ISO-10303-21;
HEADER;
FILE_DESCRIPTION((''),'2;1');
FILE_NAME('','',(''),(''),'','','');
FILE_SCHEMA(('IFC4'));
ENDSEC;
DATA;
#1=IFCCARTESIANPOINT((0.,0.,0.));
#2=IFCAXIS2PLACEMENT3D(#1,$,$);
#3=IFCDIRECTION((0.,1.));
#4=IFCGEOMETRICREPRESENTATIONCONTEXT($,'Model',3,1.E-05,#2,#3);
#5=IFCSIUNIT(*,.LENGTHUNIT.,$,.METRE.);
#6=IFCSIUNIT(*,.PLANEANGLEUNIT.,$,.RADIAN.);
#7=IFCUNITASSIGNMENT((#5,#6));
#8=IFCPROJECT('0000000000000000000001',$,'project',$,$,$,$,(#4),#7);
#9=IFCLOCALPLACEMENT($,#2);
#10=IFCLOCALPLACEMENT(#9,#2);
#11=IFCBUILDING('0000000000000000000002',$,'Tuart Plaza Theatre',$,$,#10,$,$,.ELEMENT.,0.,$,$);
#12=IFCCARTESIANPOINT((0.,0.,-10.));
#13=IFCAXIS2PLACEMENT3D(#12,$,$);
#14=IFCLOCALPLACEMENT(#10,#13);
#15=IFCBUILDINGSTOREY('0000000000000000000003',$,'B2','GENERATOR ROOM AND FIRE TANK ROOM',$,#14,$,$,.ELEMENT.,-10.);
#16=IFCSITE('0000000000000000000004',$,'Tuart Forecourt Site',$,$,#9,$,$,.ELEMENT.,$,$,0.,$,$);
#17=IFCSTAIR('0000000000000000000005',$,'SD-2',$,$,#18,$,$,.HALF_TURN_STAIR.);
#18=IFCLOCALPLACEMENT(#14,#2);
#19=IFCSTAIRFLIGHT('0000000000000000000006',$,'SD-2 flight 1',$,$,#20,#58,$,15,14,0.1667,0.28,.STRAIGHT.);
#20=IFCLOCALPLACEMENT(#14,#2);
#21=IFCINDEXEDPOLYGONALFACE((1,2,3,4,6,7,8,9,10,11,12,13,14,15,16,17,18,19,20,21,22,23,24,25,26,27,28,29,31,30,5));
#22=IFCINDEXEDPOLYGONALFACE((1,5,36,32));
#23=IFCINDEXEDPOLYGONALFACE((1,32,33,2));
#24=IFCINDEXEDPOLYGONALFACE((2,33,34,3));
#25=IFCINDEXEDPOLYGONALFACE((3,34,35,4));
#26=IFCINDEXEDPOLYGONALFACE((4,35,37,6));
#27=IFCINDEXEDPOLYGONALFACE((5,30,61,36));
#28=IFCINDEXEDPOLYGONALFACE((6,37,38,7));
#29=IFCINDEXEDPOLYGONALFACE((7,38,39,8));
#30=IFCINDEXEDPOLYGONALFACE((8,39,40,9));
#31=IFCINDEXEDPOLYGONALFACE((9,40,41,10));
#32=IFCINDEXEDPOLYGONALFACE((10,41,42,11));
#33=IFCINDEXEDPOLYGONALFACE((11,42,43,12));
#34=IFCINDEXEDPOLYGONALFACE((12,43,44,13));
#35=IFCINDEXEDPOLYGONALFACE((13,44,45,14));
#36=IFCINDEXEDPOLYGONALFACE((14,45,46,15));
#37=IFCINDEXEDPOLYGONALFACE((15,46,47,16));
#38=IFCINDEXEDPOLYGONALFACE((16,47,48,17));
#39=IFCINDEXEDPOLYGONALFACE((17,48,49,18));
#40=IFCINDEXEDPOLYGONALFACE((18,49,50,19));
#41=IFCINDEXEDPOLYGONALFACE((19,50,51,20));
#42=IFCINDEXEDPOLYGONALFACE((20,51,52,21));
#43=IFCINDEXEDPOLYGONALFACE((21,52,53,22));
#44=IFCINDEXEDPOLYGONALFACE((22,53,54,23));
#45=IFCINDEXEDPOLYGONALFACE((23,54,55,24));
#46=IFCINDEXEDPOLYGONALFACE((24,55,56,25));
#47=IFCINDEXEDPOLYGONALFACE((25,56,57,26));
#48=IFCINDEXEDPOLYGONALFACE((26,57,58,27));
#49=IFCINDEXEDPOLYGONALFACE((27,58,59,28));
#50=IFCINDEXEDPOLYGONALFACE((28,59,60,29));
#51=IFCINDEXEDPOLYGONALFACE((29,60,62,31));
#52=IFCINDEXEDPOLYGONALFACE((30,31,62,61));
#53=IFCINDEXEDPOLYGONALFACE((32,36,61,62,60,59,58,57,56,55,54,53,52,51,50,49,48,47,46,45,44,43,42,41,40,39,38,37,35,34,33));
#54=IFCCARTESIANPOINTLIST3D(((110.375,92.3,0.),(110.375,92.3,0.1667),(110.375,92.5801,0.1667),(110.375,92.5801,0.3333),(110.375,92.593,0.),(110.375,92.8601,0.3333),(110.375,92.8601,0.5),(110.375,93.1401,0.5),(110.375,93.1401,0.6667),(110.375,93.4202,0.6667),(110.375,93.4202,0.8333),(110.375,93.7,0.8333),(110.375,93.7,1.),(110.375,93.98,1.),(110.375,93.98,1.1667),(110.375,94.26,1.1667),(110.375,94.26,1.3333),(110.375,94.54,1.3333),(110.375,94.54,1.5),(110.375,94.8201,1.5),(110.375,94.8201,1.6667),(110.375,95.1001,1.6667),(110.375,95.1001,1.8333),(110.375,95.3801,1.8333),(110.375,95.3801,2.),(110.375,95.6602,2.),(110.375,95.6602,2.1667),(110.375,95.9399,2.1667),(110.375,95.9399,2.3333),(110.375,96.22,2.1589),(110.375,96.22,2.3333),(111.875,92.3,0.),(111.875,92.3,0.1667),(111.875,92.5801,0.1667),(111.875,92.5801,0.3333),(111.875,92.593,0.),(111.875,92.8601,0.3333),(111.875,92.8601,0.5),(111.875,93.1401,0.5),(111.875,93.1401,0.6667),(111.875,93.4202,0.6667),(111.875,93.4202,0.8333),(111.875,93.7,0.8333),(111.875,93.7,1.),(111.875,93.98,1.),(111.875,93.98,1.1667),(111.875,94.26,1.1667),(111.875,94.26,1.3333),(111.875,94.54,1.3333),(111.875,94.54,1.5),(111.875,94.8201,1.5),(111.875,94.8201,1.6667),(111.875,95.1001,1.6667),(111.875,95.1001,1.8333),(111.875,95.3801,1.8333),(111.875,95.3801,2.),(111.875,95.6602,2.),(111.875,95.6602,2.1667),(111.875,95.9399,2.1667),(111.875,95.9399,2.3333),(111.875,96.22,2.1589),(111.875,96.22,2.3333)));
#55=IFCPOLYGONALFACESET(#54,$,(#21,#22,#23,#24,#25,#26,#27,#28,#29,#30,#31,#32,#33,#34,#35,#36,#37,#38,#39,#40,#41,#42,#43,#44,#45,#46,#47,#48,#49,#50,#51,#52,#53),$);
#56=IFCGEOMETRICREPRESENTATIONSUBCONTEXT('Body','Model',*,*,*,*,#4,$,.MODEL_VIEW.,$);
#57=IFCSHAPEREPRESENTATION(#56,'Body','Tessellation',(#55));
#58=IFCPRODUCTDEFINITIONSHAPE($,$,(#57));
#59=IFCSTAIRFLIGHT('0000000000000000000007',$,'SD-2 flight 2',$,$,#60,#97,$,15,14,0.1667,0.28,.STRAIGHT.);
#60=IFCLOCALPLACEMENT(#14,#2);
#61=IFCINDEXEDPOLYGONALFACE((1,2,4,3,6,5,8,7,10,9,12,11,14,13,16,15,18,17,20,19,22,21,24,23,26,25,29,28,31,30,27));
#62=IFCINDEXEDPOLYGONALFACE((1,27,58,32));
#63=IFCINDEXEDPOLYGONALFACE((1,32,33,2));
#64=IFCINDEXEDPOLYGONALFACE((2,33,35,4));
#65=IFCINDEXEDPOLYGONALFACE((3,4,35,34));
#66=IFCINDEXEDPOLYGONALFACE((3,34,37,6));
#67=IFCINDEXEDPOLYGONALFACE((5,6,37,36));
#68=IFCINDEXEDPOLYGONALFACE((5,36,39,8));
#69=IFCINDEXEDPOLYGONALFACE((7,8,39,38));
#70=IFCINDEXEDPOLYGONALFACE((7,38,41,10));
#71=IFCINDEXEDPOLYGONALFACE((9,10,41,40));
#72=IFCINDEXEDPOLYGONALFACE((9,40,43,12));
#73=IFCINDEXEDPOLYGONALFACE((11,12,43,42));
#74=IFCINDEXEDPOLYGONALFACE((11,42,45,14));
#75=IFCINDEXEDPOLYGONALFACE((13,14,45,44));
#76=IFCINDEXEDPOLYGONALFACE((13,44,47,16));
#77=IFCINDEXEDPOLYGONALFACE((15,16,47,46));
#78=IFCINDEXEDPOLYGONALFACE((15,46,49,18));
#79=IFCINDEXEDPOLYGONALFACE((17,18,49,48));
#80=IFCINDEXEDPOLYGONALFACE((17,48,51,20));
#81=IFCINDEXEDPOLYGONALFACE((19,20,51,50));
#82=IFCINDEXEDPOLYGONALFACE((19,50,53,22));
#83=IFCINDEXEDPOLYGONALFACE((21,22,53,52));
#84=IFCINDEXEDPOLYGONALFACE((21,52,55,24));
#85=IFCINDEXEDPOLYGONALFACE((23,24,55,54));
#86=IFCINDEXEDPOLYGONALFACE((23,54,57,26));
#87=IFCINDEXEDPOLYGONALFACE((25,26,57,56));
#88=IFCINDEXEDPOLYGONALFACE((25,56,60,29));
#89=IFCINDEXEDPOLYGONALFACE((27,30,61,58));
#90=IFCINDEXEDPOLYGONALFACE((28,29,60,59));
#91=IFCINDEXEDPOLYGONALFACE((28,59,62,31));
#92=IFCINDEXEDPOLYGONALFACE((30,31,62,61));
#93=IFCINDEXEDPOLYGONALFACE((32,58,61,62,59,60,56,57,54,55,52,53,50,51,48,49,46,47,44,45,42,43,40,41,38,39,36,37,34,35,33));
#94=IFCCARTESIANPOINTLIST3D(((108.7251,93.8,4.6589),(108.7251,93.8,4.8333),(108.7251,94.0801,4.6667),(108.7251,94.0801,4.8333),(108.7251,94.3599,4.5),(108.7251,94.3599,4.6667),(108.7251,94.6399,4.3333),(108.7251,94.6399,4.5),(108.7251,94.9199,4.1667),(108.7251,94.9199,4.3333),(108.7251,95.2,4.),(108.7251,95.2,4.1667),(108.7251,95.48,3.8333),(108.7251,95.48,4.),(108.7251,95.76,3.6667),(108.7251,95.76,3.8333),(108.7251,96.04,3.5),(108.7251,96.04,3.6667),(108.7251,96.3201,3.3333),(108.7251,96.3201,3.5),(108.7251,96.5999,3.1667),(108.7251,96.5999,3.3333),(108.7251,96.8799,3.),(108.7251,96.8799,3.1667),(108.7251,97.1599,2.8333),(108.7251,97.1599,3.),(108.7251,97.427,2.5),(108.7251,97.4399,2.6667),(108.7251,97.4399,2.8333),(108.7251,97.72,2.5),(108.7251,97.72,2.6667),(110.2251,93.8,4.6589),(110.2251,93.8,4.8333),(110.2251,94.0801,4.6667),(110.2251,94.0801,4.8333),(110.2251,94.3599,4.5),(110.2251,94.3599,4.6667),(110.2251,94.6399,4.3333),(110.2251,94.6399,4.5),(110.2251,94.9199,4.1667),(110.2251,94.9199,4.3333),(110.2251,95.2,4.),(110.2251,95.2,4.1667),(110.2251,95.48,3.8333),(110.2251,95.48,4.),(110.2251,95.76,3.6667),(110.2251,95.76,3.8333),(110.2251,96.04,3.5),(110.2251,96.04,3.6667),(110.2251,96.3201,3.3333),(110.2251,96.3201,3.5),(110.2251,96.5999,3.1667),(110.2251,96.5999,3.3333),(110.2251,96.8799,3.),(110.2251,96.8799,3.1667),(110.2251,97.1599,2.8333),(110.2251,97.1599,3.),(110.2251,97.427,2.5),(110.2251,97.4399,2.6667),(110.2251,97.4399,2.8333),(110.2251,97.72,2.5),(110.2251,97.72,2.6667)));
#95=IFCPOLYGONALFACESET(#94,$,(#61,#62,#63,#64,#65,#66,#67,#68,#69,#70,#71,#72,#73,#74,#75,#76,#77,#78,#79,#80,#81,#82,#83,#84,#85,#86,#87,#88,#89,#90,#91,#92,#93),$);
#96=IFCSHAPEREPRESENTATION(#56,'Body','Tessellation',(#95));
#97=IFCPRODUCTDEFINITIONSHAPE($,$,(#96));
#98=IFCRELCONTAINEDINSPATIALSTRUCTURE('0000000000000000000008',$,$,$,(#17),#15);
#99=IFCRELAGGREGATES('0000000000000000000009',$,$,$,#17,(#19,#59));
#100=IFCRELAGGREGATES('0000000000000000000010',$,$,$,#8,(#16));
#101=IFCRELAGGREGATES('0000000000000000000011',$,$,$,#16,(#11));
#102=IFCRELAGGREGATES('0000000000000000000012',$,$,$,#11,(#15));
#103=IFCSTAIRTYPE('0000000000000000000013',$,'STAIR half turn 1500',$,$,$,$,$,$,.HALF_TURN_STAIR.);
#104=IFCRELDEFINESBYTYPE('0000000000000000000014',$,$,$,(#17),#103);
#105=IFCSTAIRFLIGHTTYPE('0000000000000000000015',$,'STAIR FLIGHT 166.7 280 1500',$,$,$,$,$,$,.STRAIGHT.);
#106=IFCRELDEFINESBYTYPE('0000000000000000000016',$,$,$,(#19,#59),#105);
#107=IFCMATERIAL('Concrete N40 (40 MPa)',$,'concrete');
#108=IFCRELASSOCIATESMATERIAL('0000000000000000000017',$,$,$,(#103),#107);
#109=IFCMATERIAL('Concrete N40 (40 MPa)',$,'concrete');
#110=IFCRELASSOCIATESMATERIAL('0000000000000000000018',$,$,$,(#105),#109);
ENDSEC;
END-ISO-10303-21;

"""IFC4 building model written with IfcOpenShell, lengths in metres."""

from ifc_helpers import new_model, si_unit, direction, frame, origin, place, context, subcontext, project, spatial, polyline, outline, extrude, material, type_object, element, aggregate, save


model = new_model("IFC4")

# Units and contexts
model_context = context("Model", 3, precision=1e-05, world=origin(), true_north=direction((0.0, 1.0)))
body_context = subcontext(model_context, "Body", "Model", "MODEL_VIEW")
ifc_project = project(units=[si_unit("LENGTHUNIT", "METRE"), si_unit("PLANEANGLEUNIT", "RADIAN")], contexts=[model_context])

# Site, building, storey
site_placement = place(None, origin())
site = spatial("IfcSite", under=ifc_project, at=site_placement, Name="Tuart Forecourt Site", CompositionType="ELEMENT", RefElevation=0.0)
building_placement = place(site_placement, origin())
building = spatial("IfcBuilding", under=site, at=building_placement, Name="Tuart Plaza Theatre", CompositionType="ELEMENT", ElevationOfRefHeight=0.0)
storey_placement = place(building_placement, frame((0.0, 0.0, -10.0)))
storey = spatial("IfcBuildingStorey", under=building, at=storey_placement, Name="B2", Description="GENERATOR ROOM AND FIRE TANK ROOM", CompositionType="ELEMENT", Elevation=-10.0)

# Stair, stair flights
ifc_material_1 = material(Name="Concrete N40 (40 MPa)", Category="concrete")
stair_type = type_object("IfcStairType", Name="STAIR half turn 1500", PredefinedType="HALF_TURN_STAIR", material=ifc_material_1)
stair_placement = place(storey_placement, origin())
stair = element("IfcStair", 1, at=stair_placement, inside=storey, type_object=stair_type, Name="SD-2", PredefinedType="HALF_TURN_STAIR")
ifc_material_2 = material(Name="Concrete N40 (40 MPa)", Category="concrete")
stair_flight_type = type_object("IfcStairFlightType", Name="STAIR FLIGHT 166.7 280 1500", PredefinedType="STRAIGHT", material=ifc_material_2)
stair_flight_1_placement = place(storey_placement, frame((111.125, 92.3, 0.0), z_axis=(0.0, 0.0, 1.0), x_axis=(0.0, 1.0, 0.0)))
stair_flight_1 = element("IfcStairFlight", 2, at=stair_flight_1_placement, type_object=stair_flight_type, Name="SD-2 flight 1", NumberOfRisers=15, NumberOfTreads=14, PredefinedType="STRAIGHT", RiserHeight=0.1667, TreadLength=0.28, context=body_context, shape_type="SweptSolid", body=[
    extrude(outline(polyline([(0.0, 0.0), (0.0, 0.1667), (0.28, 0.1667), (0.28, 0.3333), (0.5601, 0.3333), (0.5601, 0.5), (0.8401, 0.5), (0.8401, 0.6667), (1.1201, 0.6667), (1.1201, 0.8333), (1.3999, 0.8333), (1.3999, 1.0), (1.6799, 1.0), (1.6799, 1.1667), (1.96, 1.1667), (1.96, 1.3333), (2.24, 1.3333), (2.24, 1.5), (2.52, 1.5), (2.52, 1.6667), (2.8, 1.6667), (2.8, 1.8333), (3.0801, 1.8333), (3.0801, 2.0), (3.3601, 2.0), (3.3601, 2.1667), (3.6399, 2.1667), (3.6399, 2.3333), (3.9199, 2.3333), (3.9199, 2.5), (3.9199, 2.1589), (0.293, 0.0), (0.0, 0.0)])), frame((0.0, 0.75, 0.0), z_axis=(0.0, -1.0, 0.0), x_axis=(1.0, 0.0, 0.0)), (0.0, 0.0, 1.0), 1.5),
])
stair_flight_2_placement = place(storey_placement, frame((109.4751, 97.72, 2.5), z_axis=(0.0, 0.0, 1.0), x_axis=(0.0, -1.0, 0.0)))
stair_flight_2 = element("IfcStairFlight", 3, at=stair_flight_2_placement, type_object=stair_flight_type, Name="SD-2 flight 2", NumberOfRisers=15, NumberOfTreads=14, PredefinedType="STRAIGHT", RiserHeight=0.1667, TreadLength=0.28, context=body_context, shape_type="SweptSolid", body=[
    extrude(outline(polyline([(0.0, 0.0), (0.0, 0.1667), (0.28, 0.1667), (0.28, 0.3333), (0.5601, 0.3333), (0.5601, 0.5), (0.8401, 0.5), (0.8401, 0.6667), (1.1201, 0.6667), (1.1201, 0.8333), (1.3999, 0.8333), (1.3999, 1.0), (1.6799, 1.0), (1.6799, 1.1667), (1.96, 1.1667), (1.96, 1.3333), (2.24, 1.3333), (2.24, 1.5), (2.52, 1.5), (2.52, 1.6667), (2.8, 1.6667), (2.8, 1.8333), (3.0801, 1.8333), (3.0801, 2.0), (3.3601, 2.0), (3.3601, 2.1667), (3.6399, 2.1667), (3.6399, 2.3333), (3.9199, 2.3333), (3.9199, 2.5), (3.9199, 2.1589), (0.293, 0.0), (0.0, 0.0)])), frame((0.0, 0.75, 0.0), z_axis=(0.0, -1.0, 0.0), x_axis=(1.0, 0.0, 0.0)), (0.0, 0.0, 1.0), 1.5),
])
aggregate(stair, [stair_flight_1, stair_flight_2])

save(model, "model.ifc")
